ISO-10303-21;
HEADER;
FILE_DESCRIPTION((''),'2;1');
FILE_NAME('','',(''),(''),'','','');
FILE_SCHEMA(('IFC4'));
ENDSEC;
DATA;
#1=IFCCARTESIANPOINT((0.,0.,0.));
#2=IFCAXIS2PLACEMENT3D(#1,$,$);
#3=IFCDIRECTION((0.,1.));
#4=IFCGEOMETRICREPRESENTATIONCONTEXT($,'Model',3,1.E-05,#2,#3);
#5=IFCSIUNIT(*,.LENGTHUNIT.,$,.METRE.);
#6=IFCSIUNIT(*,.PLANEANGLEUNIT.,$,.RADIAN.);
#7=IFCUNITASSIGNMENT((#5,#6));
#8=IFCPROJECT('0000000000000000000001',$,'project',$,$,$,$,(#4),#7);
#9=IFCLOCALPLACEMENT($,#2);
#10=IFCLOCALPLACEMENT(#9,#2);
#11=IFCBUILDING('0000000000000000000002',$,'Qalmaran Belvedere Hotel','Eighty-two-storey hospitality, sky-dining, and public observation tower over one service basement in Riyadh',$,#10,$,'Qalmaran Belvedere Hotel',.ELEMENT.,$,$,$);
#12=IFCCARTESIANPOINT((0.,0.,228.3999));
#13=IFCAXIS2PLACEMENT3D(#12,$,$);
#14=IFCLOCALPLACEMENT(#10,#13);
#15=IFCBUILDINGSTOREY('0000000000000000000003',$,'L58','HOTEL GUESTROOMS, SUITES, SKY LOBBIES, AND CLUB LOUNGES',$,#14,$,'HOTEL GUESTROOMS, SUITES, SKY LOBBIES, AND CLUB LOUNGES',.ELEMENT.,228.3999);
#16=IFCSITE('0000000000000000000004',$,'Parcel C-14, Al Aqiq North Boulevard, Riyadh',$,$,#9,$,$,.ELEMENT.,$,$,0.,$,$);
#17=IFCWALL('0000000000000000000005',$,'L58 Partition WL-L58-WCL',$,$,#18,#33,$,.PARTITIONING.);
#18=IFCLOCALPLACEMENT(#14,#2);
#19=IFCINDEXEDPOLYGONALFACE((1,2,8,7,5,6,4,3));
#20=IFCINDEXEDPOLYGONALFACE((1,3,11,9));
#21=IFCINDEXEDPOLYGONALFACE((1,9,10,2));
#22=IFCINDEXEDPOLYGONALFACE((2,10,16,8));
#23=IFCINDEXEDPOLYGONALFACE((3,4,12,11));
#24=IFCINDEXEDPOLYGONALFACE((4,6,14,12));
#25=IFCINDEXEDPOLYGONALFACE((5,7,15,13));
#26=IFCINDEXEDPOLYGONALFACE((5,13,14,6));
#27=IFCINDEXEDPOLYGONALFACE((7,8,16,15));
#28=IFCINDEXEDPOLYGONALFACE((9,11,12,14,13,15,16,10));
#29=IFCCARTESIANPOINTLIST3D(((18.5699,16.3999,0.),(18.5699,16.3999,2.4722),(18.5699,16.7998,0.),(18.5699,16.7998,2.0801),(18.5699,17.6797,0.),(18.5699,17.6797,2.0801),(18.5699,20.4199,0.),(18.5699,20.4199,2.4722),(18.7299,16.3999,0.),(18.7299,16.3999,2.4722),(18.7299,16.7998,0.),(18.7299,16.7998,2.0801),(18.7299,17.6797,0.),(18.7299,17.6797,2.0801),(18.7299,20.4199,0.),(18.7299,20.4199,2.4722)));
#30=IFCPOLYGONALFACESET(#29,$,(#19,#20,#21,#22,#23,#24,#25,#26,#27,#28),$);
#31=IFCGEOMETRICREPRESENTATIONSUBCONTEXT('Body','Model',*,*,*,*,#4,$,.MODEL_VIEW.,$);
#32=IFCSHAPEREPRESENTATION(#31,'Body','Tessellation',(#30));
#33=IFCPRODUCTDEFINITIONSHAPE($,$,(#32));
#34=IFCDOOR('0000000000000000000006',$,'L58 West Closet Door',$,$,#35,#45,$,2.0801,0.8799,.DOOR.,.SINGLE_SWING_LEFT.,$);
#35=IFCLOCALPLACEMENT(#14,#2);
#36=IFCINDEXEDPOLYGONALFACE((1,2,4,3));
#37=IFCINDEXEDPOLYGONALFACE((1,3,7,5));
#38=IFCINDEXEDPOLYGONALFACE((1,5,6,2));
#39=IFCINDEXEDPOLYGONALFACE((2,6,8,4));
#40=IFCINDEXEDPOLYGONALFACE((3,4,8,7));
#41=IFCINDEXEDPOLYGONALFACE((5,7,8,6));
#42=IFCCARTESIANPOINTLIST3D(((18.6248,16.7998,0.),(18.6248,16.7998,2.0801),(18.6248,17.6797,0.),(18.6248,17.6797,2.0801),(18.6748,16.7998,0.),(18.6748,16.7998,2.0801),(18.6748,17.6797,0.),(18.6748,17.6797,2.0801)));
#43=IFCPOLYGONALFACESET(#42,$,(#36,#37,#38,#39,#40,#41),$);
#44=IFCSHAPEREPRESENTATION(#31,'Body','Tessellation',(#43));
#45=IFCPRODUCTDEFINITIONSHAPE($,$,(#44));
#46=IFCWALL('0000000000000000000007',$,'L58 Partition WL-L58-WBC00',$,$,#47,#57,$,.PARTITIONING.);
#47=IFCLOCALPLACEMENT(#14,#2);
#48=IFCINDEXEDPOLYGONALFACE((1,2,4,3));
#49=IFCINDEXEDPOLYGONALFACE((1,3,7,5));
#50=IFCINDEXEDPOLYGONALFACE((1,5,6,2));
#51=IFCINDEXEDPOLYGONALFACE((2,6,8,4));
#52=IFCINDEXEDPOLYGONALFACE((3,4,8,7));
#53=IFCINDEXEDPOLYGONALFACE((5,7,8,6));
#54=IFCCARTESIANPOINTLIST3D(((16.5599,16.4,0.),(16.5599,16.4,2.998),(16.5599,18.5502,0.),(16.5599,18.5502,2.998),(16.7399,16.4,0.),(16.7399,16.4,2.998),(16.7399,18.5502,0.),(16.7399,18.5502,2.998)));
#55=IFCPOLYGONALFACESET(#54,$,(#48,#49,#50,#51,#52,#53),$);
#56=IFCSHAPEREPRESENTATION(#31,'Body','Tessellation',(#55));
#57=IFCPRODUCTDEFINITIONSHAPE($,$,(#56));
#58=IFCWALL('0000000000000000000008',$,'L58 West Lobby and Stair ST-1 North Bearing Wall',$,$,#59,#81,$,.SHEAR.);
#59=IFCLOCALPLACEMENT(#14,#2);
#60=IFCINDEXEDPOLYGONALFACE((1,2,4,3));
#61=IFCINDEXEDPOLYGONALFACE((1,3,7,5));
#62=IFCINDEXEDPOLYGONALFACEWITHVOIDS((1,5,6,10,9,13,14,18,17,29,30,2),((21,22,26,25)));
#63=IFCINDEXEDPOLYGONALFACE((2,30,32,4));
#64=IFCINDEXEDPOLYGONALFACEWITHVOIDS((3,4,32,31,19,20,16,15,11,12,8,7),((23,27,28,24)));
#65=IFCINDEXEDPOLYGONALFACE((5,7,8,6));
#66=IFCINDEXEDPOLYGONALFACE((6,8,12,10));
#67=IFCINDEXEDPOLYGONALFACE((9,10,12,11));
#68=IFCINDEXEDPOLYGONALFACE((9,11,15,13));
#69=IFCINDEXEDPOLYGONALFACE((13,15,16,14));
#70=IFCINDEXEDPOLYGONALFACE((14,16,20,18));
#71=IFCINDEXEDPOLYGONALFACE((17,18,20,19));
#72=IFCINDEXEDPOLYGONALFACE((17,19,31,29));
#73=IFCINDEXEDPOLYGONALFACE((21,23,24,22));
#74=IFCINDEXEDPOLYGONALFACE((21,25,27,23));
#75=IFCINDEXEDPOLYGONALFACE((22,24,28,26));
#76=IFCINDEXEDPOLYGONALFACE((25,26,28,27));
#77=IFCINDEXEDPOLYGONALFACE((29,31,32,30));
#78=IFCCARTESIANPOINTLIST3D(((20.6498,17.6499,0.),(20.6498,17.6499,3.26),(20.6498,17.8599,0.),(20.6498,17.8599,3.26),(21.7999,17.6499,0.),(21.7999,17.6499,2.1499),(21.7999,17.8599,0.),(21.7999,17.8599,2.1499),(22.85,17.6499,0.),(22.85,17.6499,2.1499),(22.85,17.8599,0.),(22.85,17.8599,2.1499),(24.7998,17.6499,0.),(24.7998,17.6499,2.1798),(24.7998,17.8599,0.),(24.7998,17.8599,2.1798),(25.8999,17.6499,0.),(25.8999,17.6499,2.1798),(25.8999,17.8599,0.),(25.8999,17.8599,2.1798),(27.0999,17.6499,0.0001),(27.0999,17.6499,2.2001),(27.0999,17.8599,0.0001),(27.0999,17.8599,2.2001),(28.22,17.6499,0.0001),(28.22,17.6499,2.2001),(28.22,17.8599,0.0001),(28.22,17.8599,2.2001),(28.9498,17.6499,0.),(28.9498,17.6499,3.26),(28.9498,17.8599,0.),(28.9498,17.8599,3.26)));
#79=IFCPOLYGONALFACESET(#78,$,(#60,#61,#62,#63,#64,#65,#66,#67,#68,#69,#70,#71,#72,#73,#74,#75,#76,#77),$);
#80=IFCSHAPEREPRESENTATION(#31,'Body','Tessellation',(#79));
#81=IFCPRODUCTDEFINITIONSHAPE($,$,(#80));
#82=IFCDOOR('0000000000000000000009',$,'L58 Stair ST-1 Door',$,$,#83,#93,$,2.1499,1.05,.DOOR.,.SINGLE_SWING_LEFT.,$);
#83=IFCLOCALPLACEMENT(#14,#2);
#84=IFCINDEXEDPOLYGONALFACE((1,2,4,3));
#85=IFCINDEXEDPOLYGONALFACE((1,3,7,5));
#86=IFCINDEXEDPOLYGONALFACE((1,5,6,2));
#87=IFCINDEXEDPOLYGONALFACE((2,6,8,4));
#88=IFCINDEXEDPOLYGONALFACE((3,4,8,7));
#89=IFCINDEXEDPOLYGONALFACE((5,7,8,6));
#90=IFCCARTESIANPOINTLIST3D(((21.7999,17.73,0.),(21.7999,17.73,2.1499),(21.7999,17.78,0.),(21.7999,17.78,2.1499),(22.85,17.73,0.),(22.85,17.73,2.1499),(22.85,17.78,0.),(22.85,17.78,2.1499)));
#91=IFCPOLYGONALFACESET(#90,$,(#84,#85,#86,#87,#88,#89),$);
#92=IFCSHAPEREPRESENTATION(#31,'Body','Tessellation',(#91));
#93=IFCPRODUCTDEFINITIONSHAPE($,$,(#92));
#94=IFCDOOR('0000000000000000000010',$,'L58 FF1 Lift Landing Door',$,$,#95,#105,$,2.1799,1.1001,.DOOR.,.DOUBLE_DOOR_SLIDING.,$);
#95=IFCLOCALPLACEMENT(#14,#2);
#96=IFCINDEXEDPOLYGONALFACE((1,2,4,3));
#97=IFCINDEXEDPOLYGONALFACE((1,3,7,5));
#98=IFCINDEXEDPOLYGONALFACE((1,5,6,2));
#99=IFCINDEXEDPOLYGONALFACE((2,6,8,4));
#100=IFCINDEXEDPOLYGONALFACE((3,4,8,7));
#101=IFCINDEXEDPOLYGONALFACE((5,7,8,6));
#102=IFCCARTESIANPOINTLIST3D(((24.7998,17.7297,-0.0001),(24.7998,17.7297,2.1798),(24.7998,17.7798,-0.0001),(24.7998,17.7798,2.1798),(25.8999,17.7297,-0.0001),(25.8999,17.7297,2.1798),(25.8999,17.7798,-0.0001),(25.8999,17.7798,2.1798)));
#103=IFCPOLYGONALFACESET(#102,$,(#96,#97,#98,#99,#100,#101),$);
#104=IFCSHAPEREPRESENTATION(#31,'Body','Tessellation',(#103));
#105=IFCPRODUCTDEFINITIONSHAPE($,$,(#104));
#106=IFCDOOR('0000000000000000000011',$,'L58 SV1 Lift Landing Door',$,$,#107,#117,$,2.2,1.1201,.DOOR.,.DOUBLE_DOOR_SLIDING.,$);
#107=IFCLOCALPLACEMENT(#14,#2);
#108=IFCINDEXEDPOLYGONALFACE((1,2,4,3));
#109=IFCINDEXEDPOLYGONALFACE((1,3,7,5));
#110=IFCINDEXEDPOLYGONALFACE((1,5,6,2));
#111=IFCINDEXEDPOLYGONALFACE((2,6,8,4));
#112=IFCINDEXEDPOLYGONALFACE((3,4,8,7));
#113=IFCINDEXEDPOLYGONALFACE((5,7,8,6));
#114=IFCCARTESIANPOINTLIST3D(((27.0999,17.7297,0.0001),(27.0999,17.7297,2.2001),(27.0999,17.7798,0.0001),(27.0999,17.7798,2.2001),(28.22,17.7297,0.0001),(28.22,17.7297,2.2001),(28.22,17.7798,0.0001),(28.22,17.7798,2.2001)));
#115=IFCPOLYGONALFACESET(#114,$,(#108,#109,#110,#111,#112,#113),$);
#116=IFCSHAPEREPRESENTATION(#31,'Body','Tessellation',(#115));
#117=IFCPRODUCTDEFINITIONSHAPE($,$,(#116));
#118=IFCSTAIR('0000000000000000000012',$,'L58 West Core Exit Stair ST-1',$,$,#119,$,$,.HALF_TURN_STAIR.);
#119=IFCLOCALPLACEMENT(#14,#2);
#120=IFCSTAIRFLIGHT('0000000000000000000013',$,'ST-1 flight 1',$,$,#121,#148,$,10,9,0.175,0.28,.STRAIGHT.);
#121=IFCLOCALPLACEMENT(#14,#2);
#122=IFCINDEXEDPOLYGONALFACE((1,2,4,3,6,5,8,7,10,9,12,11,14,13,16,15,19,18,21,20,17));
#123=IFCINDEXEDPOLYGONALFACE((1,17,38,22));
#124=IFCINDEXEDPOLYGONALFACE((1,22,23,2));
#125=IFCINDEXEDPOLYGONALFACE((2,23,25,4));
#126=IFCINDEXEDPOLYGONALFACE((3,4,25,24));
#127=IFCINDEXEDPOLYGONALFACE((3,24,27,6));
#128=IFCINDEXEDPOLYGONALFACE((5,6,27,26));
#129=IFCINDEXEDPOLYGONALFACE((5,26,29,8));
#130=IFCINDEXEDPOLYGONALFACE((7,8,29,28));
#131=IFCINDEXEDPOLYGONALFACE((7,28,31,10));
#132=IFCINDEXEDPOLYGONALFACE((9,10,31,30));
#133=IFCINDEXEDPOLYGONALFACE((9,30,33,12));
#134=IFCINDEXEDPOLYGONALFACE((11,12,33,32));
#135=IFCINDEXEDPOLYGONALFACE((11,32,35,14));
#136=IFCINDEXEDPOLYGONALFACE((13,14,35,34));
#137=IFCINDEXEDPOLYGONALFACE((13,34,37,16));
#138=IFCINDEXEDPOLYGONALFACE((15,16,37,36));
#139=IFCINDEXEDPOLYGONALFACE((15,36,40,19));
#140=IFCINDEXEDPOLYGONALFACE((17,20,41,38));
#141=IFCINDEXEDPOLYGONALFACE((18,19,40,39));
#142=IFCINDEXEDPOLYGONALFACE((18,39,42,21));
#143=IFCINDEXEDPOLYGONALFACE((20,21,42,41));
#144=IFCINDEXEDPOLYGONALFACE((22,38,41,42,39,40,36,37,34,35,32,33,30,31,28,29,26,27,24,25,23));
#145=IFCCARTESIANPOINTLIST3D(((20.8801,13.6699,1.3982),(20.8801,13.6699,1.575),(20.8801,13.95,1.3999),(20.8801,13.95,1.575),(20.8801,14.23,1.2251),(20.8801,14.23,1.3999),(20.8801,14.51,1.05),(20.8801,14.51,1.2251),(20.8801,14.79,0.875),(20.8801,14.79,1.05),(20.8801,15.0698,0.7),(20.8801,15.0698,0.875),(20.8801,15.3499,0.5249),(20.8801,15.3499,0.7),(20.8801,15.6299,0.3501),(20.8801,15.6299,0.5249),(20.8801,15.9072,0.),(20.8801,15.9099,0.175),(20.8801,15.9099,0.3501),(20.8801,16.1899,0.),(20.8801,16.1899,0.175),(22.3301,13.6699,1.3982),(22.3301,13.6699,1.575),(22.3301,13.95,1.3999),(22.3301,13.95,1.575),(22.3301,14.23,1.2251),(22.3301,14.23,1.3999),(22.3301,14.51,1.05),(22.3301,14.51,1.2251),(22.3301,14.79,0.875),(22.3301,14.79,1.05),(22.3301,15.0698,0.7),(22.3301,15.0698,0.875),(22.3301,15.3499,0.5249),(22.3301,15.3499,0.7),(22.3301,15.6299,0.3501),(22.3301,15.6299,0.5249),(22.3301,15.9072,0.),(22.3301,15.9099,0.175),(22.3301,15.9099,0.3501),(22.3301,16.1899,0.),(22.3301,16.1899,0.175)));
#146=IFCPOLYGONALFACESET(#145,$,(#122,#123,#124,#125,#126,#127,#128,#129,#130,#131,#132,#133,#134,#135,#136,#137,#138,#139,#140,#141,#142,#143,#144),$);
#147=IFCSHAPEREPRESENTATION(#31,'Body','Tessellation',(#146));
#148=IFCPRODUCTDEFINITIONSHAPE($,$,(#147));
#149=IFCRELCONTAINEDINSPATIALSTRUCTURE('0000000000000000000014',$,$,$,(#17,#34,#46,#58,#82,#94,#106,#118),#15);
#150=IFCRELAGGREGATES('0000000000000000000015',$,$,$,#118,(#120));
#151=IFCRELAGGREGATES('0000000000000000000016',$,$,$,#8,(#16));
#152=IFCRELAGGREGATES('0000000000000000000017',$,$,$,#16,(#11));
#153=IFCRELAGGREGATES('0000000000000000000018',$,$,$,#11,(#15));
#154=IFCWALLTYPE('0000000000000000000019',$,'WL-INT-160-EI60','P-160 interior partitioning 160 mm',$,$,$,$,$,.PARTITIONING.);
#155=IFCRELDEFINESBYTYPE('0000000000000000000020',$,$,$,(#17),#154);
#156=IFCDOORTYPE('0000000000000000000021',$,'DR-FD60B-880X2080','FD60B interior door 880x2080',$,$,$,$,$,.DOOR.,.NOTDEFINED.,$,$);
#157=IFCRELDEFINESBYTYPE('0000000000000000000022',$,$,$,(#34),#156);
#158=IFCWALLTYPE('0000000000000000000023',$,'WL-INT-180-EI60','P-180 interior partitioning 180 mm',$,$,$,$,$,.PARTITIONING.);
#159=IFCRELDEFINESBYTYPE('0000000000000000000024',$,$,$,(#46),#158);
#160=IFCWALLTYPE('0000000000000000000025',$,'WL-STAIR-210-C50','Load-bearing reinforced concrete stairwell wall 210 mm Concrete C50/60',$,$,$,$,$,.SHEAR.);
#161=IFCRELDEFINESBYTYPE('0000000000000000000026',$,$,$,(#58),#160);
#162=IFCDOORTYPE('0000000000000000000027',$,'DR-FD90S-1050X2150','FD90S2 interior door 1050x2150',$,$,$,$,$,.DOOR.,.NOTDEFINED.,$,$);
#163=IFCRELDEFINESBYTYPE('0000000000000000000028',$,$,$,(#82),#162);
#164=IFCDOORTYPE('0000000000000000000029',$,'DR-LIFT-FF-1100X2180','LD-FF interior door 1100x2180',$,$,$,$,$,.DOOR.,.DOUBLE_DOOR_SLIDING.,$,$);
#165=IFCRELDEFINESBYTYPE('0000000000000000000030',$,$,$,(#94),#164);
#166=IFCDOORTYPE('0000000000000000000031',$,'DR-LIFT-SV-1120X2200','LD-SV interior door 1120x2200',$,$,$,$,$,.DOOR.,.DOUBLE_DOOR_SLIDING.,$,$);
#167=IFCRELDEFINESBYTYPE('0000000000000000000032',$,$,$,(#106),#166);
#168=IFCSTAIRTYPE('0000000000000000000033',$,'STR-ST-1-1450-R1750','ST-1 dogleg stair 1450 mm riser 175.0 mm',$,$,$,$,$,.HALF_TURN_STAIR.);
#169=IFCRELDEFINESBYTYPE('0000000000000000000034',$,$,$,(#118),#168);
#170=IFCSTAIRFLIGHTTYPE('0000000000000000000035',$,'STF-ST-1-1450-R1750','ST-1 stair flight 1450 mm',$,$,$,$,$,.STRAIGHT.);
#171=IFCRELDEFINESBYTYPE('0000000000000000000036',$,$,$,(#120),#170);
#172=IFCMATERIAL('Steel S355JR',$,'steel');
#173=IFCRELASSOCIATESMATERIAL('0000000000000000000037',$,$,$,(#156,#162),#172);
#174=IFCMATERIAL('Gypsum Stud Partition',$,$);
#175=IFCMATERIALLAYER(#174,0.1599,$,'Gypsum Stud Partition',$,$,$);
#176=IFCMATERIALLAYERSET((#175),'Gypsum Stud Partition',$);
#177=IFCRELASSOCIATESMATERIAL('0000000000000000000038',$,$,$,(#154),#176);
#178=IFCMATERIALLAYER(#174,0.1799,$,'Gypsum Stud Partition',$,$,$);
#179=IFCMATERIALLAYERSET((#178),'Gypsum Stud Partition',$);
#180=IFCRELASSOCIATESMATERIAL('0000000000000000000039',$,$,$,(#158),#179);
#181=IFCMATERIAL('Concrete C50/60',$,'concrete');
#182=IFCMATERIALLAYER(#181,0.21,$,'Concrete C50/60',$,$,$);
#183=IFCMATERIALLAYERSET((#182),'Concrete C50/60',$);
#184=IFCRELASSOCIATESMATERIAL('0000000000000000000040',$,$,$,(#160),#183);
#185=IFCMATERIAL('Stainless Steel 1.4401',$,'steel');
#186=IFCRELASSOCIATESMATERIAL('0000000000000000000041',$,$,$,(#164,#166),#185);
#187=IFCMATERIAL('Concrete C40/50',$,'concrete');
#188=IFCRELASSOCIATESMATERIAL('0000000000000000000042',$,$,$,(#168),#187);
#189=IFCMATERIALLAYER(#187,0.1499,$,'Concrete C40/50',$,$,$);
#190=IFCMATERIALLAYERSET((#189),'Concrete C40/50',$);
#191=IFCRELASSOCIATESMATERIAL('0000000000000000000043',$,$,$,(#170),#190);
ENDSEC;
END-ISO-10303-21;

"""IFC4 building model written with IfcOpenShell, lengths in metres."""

from ifc_helpers import new_model, si_unit, direction, frame, frame_2d, origin, place, context, subcontext, project, spatial, polyline, rectangle, outline, extrude, material, layer, layer_set, type_object, element, fill, aggregate, save


model = new_model("IFC4")

# Units and contexts
model_context = context("Model", 3, precision=1e-05, world=origin(), true_north=direction((0.0, 1.0)))
body_context = subcontext(model_context, "Body", "Model", "MODEL_VIEW")
ifc_project = project(units=[si_unit("LENGTHUNIT", "METRE"), si_unit("PLANEANGLEUNIT", "RADIAN")], contexts=[model_context])

# Site, building, storey
site_placement = place(None, origin())
site = spatial("IfcSite", under=ifc_project, at=site_placement, Name="Parcel C-14, Al Aqiq North Boulevard, Riyadh", CompositionType="ELEMENT", RefElevation=0.0)
building_placement = place(site_placement, origin())
building = spatial("IfcBuilding", under=site, at=building_placement, Name="Qalmaran Belvedere Hotel", Description="Eighty-two-storey hospitality, sky-dining, and public observation tower over one service basement in Riyadh", LongName="Qalmaran Belvedere Hotel", CompositionType="ELEMENT")
storey_placement = place(building_placement, frame((0.0, 0.0, 228.3999)))
storey = spatial("IfcBuildingStorey", under=building, at=storey_placement, Name="L58", Description="HOTEL GUESTROOMS, SUITES, SKY LOBBIES, AND CLUB LOUNGES", LongName="HOTEL GUESTROOMS, SUITES, SKY LOBBIES, AND CLUB LOUNGES", CompositionType="ELEMENT", Elevation=228.3999)

# Shared definitions
ifc_material_1 = material(Name="Gypsum Stud Partition")

# Shared definitions
ifc_material_2 = material(Name="Steel S355JR", Category="steel")
door_type_1 = type_object("IfcDoorType", Name="DR-FD60B-880X2080", Description="FD60B interior door 880x2080", OperationType="NOTDEFINED", PredefinedType="DOOR", material=ifc_material_2)

# Wall, opening, door
ifc_layer_1 = layer(ifc_material_1, 0.1599, Name="Gypsum Stud Partition")
ifc_layer_set_1 = layer_set([ifc_layer_1], Name="Gypsum Stud Partition")
wall_type_1 = type_object("IfcWallType", Name="WL-INT-160-EI60", Description="P-160 interior partitioning 160 mm", PredefinedType="PARTITIONING", material=ifc_layer_set_1)
wall_1_placement = place(storey_placement, frame((18.6499, 16.3999, 0.0), z_axis=(0.0, 0.0, 1.0), x_axis=(0.0, 1.0, 0.0)))
wall_1 = element("IfcWall", 1, at=wall_1_placement, inside=storey, type_object=wall_type_1, Name="L58 Partition WL-L58-WCL", PredefinedType="PARTITIONING", context=body_context, shape_type="SweptSolid", body=[
    extrude(rectangle(XDim=4.02, YDim=0.1599, at=frame_2d((2.01, 0.0))), origin(), (0.0, 0.0, 1.0), 2.4722),
])
opening_1_placement = place(wall_1_placement, frame((1.2798, 0.0, 0.0), z_axis=(0.0, 0.0, 1.0), x_axis=(-1.0, 0.0, 0.0)))
opening_1 = element("IfcOpeningElement", 2, at=opening_1_placement, cuts=wall_1, PredefinedType="OPENING", context=body_context, shape_type="SweptSolid", body=[
    extrude(rectangle(XDim=0.8799, YDim=2.0801, at=frame_2d((0.4399, 1.04))), frame((0.0, 0.0898, 0.0), z_axis=(0.0, -1.0, 0.0), x_axis=(1.0, 0.0, 0.0)), (0.0, 0.0, 1.0), 0.1799),
])
door_1_placement = place(opening_1_placement, origin())
door_1 = element("IfcDoor", 3, at=door_1_placement, inside=storey, type_object=door_type_1, Name="L58 West Closet Door", OperationType="SINGLE_SWING_LEFT", OverallHeight=2.0801, OverallWidth=0.8799, PredefinedType="DOOR", context=body_context, shape_type="SweptSolid", body=[
    extrude(rectangle(XDim=0.8799, YDim=2.0801, at=frame_2d((0.4399, 1.04))), frame((0.0, 0.0249, 0.0), z_axis=(0.0, -1.0, 0.0), x_axis=(1.0, 0.0, 0.0)), (0.0, 0.0, 1.0), 0.05),
])
fill(opening_1, door_1)

# Wall
ifc_layer_2 = layer(ifc_material_1, 0.1799, Name="Gypsum Stud Partition")
ifc_layer_set_2 = layer_set([ifc_layer_2], Name="Gypsum Stud Partition")
wall_type_2 = type_object("IfcWallType", Name="WL-INT-180-EI60", Description="P-180 interior partitioning 180 mm", PredefinedType="PARTITIONING", material=ifc_layer_set_2)
wall_2_placement = place(storey_placement, frame((16.6499, 16.3999, 0.0), z_axis=(0.0, 0.0, 1.0), x_axis=(0.0, 1.0, 0.0)))
element("IfcWall", 4, at=wall_2_placement, inside=storey, type_object=wall_type_2, Name="L58 Partition WL-L58-WBC00", PredefinedType="PARTITIONING", context=body_context, shape_type="SweptSolid", body=[
    extrude(rectangle(XDim=2.1501, YDim=0.1799, at=frame_2d((1.0752, 0.0))), origin(), (0.0, 0.0, 1.0), 2.998),
])

# Wall, openings, doors
ifc_material_3 = material(Name="Concrete C50/60", Category="concrete")
ifc_layer_3 = layer(ifc_material_3, 0.21, Name="Concrete C50/60")
ifc_layer_set_3 = layer_set([ifc_layer_3], Name="Concrete C50/60")
wall_type_3 = type_object("IfcWallType", Name="WL-STAIR-210-C50", Description="Load-bearing reinforced concrete stairwell wall 210 mm Concrete C50/60", PredefinedType="SHEAR", material=ifc_layer_set_3)
wall_3_placement = place(storey_placement, frame((20.6499, 17.7549, 0.0), z_axis=(0.0, 0.0, 1.0), x_axis=(1.0, 0.0, 0.0)))
wall_3 = element("IfcWall", 5, at=wall_3_placement, inside=storey, type_object=wall_type_3, Name="L58 West Lobby and Stair ST-1 North Bearing Wall", PredefinedType="SHEAR", context=body_context, shape_type="SweptSolid", body=[
    extrude(rectangle(XDim=8.3, YDim=0.21, at=frame_2d((4.1499, 0.0))), origin(), (0.0, 0.0, 1.0), 3.26),
])
opening_2_placement = place(wall_3_placement, frame((2.2, 0.0, 0.0), z_axis=(0.0, 0.0, 1.0), x_axis=(-1.0, 0.0, 0.0)))
opening_2 = element("IfcOpeningElement", 6, at=opening_2_placement, cuts=wall_3, PredefinedType="OPENING", context=body_context, shape_type="SweptSolid", body=[
    extrude(rectangle(XDim=1.05, YDim=2.1499, at=frame_2d((0.5249, 1.075))), frame((0.0, 0.115, 0.0), z_axis=(0.0, -1.0, 0.0), x_axis=(1.0, 0.0, 0.0)), (0.0, 0.0, 1.0), 0.23),
])
opening_3_placement = place(wall_3_placement, frame((4.1499, 0.0, 0.0)))
opening_3 = element("IfcOpeningElement", 7, at=opening_3_placement, cuts=wall_3, PredefinedType="OPENING", context=body_context, shape_type="SweptSolid", body=[
    extrude(rectangle(XDim=1.1001, YDim=2.1799, at=frame_2d((0.55, 1.0898))), frame((0.0, 0.115, 0.0), z_axis=(0.0, -1.0, 0.0), x_axis=(1.0, 0.0, 0.0)), (0.0, 0.0, 1.0), 0.23),
])
opening_4_placement = place(wall_3_placement, frame((6.45, 0.0, 0.0)))
opening_4 = element("IfcOpeningElement", 8, at=opening_4_placement, cuts=wall_3, PredefinedType="OPENING", context=body_context, shape_type="SweptSolid", body=[
    extrude(rectangle(XDim=1.1201, YDim=2.2, at=frame_2d((0.5601, 1.1001))), frame((0.0, 0.115, 0.0), z_axis=(0.0, -1.0, 0.0), x_axis=(1.0, 0.0, 0.0)), (0.0, 0.0, 1.0), 0.23),
])
door_type_2 = type_object("IfcDoorType", Name="DR-FD90S-1050X2150", Description="FD90S2 interior door 1050x2150", OperationType="NOTDEFINED", PredefinedType="DOOR", material=ifc_material_2)
door_2_placement = place(opening_2_placement, origin())
door_2 = element("IfcDoor", 9, at=door_2_placement, inside=storey, type_object=door_type_2, Name="L58 Stair ST-1 Door", OperationType="SINGLE_SWING_LEFT", OverallHeight=2.1499, OverallWidth=1.05, PredefinedType="DOOR", context=body_context, shape_type="SweptSolid", body=[
    extrude(rectangle(XDim=1.05, YDim=2.1499, at=frame_2d((0.5249, 1.075))), frame((0.0, 0.0249, 0.0), z_axis=(0.0, -1.0, 0.0), x_axis=(1.0, 0.0, 0.0)), (0.0, 0.0, 1.0), 0.05),
])
fill(opening_2, door_2)
ifc_material_4 = material(Name="Stainless Steel 1.4401", Category="steel")
door_type_3 = type_object("IfcDoorType", Name="DR-LIFT-FF-1100X2180", Description="LD-FF interior door 1100x2180", OperationType="DOUBLE_DOOR_SLIDING", PredefinedType="DOOR", material=ifc_material_4)
door_3_placement = place(opening_3_placement, origin())
door_3 = element("IfcDoor", 10, at=door_3_placement, inside=storey, type_object=door_type_3, Name="L58 FF1 Lift Landing Door", OperationType="DOUBLE_DOOR_SLIDING", OverallHeight=2.1799, OverallWidth=1.1001, PredefinedType="DOOR", context=body_context, shape_type="SweptSolid", body=[
    extrude(rectangle(XDim=1.1001, YDim=2.1799, at=frame_2d((0.55, 1.0898))), frame((0.0, 0.0249, 0.0), z_axis=(0.0, -1.0, 0.0), x_axis=(1.0, 0.0, 0.0)), (0.0, 0.0, 1.0), 0.05),
])
fill(opening_3, door_3)
door_type_4 = type_object("IfcDoorType", Name="DR-LIFT-SV-1120X2200", Description="LD-SV interior door 1120x2200", OperationType="DOUBLE_DOOR_SLIDING", PredefinedType="DOOR", material=ifc_material_4)
door_4_placement = place(opening_4_placement, origin())
door_4 = element("IfcDoor", 11, at=door_4_placement, inside=storey, type_object=door_type_4, Name="L58 SV1 Lift Landing Door", OperationType="DOUBLE_DOOR_SLIDING", OverallHeight=2.2, OverallWidth=1.1201, PredefinedType="DOOR", context=body_context, shape_type="SweptSolid", body=[
    extrude(rectangle(XDim=1.1201, YDim=2.2, at=frame_2d((0.5601, 1.1001))), frame((0.0, 0.0249, 0.0), z_axis=(0.0, -1.0, 0.0), x_axis=(1.0, 0.0, 0.0)), (0.0, 0.0, 1.0), 0.05),
])
fill(opening_4, door_4)

# Stair, stair flight
ifc_material_5 = material(Name="Concrete C40/50", Category="concrete")
stair_type = type_object("IfcStairType", Name="STR-ST-1-1450-R1750", Description="ST-1 dogleg stair 1450 mm riser 175.0 mm", PredefinedType="HALF_TURN_STAIR", material=ifc_material_5)
stair_placement = place(storey_placement, origin())
stair = element("IfcStair", 12, at=stair_placement, inside=storey, type_object=stair_type, Name="L58 West Core Exit Stair ST-1", PredefinedType="HALF_TURN_STAIR")
ifc_layer_4 = layer(ifc_material_5, 0.1499, Name="Concrete C40/50")
ifc_layer_set_4 = layer_set([ifc_layer_4], Name="Concrete C40/50")
stair_flight_type = type_object("IfcStairFlightType", Name="STF-ST-1-1450-R1750", Description="ST-1 stair flight 1450 mm", PredefinedType="STRAIGHT", material=ifc_layer_set_4)
stair_flight_1_placement = place(storey_placement, frame((21.605, 16.1899, 0.0), z_axis=(0.0, 0.0, 1.0), x_axis=(0.0, -1.0, 0.0)))
stair_flight_1 = element("IfcStairFlight", 13, at=stair_flight_1_placement, type_object=stair_flight_type, Name="ST-1 flight 1", NumberOfRisers=10, NumberOfTreads=9, PredefinedType="STRAIGHT", RiserHeight=0.175, TreadLength=0.28, context=body_context, shape_type="SweptSolid", body=[
    extrude(outline(polyline([(0.0, 0.0), (0.0, 0.175), (0.28, 0.175), (0.28, 0.3501), (0.5601, 0.3501), (0.5601, 0.5249), (0.8401, 0.5249), (0.8401, 0.7), (1.1201, 0.7), (1.1201, 0.875), (1.3999, 0.875), (1.3999, 1.05), (1.6799, 1.05), (1.6799, 1.2251), (1.96, 1.2251), (1.96, 1.3999), (2.24, 1.3999), (2.24, 1.575), (2.52, 1.575), (2.52, 1.75), (2.52, 1.3982), (0.2827, 0.0), (0.0, 0.0)])), frame((0.0, 0.7251, 0.0), z_axis=(0.0, -1.0, 0.0), x_axis=(1.0, 0.0, 0.0)), (0.0, 0.0, 1.0), 1.45),
])
aggregate(stair, [stair_flight_1])

save(model, "model.ifc")
